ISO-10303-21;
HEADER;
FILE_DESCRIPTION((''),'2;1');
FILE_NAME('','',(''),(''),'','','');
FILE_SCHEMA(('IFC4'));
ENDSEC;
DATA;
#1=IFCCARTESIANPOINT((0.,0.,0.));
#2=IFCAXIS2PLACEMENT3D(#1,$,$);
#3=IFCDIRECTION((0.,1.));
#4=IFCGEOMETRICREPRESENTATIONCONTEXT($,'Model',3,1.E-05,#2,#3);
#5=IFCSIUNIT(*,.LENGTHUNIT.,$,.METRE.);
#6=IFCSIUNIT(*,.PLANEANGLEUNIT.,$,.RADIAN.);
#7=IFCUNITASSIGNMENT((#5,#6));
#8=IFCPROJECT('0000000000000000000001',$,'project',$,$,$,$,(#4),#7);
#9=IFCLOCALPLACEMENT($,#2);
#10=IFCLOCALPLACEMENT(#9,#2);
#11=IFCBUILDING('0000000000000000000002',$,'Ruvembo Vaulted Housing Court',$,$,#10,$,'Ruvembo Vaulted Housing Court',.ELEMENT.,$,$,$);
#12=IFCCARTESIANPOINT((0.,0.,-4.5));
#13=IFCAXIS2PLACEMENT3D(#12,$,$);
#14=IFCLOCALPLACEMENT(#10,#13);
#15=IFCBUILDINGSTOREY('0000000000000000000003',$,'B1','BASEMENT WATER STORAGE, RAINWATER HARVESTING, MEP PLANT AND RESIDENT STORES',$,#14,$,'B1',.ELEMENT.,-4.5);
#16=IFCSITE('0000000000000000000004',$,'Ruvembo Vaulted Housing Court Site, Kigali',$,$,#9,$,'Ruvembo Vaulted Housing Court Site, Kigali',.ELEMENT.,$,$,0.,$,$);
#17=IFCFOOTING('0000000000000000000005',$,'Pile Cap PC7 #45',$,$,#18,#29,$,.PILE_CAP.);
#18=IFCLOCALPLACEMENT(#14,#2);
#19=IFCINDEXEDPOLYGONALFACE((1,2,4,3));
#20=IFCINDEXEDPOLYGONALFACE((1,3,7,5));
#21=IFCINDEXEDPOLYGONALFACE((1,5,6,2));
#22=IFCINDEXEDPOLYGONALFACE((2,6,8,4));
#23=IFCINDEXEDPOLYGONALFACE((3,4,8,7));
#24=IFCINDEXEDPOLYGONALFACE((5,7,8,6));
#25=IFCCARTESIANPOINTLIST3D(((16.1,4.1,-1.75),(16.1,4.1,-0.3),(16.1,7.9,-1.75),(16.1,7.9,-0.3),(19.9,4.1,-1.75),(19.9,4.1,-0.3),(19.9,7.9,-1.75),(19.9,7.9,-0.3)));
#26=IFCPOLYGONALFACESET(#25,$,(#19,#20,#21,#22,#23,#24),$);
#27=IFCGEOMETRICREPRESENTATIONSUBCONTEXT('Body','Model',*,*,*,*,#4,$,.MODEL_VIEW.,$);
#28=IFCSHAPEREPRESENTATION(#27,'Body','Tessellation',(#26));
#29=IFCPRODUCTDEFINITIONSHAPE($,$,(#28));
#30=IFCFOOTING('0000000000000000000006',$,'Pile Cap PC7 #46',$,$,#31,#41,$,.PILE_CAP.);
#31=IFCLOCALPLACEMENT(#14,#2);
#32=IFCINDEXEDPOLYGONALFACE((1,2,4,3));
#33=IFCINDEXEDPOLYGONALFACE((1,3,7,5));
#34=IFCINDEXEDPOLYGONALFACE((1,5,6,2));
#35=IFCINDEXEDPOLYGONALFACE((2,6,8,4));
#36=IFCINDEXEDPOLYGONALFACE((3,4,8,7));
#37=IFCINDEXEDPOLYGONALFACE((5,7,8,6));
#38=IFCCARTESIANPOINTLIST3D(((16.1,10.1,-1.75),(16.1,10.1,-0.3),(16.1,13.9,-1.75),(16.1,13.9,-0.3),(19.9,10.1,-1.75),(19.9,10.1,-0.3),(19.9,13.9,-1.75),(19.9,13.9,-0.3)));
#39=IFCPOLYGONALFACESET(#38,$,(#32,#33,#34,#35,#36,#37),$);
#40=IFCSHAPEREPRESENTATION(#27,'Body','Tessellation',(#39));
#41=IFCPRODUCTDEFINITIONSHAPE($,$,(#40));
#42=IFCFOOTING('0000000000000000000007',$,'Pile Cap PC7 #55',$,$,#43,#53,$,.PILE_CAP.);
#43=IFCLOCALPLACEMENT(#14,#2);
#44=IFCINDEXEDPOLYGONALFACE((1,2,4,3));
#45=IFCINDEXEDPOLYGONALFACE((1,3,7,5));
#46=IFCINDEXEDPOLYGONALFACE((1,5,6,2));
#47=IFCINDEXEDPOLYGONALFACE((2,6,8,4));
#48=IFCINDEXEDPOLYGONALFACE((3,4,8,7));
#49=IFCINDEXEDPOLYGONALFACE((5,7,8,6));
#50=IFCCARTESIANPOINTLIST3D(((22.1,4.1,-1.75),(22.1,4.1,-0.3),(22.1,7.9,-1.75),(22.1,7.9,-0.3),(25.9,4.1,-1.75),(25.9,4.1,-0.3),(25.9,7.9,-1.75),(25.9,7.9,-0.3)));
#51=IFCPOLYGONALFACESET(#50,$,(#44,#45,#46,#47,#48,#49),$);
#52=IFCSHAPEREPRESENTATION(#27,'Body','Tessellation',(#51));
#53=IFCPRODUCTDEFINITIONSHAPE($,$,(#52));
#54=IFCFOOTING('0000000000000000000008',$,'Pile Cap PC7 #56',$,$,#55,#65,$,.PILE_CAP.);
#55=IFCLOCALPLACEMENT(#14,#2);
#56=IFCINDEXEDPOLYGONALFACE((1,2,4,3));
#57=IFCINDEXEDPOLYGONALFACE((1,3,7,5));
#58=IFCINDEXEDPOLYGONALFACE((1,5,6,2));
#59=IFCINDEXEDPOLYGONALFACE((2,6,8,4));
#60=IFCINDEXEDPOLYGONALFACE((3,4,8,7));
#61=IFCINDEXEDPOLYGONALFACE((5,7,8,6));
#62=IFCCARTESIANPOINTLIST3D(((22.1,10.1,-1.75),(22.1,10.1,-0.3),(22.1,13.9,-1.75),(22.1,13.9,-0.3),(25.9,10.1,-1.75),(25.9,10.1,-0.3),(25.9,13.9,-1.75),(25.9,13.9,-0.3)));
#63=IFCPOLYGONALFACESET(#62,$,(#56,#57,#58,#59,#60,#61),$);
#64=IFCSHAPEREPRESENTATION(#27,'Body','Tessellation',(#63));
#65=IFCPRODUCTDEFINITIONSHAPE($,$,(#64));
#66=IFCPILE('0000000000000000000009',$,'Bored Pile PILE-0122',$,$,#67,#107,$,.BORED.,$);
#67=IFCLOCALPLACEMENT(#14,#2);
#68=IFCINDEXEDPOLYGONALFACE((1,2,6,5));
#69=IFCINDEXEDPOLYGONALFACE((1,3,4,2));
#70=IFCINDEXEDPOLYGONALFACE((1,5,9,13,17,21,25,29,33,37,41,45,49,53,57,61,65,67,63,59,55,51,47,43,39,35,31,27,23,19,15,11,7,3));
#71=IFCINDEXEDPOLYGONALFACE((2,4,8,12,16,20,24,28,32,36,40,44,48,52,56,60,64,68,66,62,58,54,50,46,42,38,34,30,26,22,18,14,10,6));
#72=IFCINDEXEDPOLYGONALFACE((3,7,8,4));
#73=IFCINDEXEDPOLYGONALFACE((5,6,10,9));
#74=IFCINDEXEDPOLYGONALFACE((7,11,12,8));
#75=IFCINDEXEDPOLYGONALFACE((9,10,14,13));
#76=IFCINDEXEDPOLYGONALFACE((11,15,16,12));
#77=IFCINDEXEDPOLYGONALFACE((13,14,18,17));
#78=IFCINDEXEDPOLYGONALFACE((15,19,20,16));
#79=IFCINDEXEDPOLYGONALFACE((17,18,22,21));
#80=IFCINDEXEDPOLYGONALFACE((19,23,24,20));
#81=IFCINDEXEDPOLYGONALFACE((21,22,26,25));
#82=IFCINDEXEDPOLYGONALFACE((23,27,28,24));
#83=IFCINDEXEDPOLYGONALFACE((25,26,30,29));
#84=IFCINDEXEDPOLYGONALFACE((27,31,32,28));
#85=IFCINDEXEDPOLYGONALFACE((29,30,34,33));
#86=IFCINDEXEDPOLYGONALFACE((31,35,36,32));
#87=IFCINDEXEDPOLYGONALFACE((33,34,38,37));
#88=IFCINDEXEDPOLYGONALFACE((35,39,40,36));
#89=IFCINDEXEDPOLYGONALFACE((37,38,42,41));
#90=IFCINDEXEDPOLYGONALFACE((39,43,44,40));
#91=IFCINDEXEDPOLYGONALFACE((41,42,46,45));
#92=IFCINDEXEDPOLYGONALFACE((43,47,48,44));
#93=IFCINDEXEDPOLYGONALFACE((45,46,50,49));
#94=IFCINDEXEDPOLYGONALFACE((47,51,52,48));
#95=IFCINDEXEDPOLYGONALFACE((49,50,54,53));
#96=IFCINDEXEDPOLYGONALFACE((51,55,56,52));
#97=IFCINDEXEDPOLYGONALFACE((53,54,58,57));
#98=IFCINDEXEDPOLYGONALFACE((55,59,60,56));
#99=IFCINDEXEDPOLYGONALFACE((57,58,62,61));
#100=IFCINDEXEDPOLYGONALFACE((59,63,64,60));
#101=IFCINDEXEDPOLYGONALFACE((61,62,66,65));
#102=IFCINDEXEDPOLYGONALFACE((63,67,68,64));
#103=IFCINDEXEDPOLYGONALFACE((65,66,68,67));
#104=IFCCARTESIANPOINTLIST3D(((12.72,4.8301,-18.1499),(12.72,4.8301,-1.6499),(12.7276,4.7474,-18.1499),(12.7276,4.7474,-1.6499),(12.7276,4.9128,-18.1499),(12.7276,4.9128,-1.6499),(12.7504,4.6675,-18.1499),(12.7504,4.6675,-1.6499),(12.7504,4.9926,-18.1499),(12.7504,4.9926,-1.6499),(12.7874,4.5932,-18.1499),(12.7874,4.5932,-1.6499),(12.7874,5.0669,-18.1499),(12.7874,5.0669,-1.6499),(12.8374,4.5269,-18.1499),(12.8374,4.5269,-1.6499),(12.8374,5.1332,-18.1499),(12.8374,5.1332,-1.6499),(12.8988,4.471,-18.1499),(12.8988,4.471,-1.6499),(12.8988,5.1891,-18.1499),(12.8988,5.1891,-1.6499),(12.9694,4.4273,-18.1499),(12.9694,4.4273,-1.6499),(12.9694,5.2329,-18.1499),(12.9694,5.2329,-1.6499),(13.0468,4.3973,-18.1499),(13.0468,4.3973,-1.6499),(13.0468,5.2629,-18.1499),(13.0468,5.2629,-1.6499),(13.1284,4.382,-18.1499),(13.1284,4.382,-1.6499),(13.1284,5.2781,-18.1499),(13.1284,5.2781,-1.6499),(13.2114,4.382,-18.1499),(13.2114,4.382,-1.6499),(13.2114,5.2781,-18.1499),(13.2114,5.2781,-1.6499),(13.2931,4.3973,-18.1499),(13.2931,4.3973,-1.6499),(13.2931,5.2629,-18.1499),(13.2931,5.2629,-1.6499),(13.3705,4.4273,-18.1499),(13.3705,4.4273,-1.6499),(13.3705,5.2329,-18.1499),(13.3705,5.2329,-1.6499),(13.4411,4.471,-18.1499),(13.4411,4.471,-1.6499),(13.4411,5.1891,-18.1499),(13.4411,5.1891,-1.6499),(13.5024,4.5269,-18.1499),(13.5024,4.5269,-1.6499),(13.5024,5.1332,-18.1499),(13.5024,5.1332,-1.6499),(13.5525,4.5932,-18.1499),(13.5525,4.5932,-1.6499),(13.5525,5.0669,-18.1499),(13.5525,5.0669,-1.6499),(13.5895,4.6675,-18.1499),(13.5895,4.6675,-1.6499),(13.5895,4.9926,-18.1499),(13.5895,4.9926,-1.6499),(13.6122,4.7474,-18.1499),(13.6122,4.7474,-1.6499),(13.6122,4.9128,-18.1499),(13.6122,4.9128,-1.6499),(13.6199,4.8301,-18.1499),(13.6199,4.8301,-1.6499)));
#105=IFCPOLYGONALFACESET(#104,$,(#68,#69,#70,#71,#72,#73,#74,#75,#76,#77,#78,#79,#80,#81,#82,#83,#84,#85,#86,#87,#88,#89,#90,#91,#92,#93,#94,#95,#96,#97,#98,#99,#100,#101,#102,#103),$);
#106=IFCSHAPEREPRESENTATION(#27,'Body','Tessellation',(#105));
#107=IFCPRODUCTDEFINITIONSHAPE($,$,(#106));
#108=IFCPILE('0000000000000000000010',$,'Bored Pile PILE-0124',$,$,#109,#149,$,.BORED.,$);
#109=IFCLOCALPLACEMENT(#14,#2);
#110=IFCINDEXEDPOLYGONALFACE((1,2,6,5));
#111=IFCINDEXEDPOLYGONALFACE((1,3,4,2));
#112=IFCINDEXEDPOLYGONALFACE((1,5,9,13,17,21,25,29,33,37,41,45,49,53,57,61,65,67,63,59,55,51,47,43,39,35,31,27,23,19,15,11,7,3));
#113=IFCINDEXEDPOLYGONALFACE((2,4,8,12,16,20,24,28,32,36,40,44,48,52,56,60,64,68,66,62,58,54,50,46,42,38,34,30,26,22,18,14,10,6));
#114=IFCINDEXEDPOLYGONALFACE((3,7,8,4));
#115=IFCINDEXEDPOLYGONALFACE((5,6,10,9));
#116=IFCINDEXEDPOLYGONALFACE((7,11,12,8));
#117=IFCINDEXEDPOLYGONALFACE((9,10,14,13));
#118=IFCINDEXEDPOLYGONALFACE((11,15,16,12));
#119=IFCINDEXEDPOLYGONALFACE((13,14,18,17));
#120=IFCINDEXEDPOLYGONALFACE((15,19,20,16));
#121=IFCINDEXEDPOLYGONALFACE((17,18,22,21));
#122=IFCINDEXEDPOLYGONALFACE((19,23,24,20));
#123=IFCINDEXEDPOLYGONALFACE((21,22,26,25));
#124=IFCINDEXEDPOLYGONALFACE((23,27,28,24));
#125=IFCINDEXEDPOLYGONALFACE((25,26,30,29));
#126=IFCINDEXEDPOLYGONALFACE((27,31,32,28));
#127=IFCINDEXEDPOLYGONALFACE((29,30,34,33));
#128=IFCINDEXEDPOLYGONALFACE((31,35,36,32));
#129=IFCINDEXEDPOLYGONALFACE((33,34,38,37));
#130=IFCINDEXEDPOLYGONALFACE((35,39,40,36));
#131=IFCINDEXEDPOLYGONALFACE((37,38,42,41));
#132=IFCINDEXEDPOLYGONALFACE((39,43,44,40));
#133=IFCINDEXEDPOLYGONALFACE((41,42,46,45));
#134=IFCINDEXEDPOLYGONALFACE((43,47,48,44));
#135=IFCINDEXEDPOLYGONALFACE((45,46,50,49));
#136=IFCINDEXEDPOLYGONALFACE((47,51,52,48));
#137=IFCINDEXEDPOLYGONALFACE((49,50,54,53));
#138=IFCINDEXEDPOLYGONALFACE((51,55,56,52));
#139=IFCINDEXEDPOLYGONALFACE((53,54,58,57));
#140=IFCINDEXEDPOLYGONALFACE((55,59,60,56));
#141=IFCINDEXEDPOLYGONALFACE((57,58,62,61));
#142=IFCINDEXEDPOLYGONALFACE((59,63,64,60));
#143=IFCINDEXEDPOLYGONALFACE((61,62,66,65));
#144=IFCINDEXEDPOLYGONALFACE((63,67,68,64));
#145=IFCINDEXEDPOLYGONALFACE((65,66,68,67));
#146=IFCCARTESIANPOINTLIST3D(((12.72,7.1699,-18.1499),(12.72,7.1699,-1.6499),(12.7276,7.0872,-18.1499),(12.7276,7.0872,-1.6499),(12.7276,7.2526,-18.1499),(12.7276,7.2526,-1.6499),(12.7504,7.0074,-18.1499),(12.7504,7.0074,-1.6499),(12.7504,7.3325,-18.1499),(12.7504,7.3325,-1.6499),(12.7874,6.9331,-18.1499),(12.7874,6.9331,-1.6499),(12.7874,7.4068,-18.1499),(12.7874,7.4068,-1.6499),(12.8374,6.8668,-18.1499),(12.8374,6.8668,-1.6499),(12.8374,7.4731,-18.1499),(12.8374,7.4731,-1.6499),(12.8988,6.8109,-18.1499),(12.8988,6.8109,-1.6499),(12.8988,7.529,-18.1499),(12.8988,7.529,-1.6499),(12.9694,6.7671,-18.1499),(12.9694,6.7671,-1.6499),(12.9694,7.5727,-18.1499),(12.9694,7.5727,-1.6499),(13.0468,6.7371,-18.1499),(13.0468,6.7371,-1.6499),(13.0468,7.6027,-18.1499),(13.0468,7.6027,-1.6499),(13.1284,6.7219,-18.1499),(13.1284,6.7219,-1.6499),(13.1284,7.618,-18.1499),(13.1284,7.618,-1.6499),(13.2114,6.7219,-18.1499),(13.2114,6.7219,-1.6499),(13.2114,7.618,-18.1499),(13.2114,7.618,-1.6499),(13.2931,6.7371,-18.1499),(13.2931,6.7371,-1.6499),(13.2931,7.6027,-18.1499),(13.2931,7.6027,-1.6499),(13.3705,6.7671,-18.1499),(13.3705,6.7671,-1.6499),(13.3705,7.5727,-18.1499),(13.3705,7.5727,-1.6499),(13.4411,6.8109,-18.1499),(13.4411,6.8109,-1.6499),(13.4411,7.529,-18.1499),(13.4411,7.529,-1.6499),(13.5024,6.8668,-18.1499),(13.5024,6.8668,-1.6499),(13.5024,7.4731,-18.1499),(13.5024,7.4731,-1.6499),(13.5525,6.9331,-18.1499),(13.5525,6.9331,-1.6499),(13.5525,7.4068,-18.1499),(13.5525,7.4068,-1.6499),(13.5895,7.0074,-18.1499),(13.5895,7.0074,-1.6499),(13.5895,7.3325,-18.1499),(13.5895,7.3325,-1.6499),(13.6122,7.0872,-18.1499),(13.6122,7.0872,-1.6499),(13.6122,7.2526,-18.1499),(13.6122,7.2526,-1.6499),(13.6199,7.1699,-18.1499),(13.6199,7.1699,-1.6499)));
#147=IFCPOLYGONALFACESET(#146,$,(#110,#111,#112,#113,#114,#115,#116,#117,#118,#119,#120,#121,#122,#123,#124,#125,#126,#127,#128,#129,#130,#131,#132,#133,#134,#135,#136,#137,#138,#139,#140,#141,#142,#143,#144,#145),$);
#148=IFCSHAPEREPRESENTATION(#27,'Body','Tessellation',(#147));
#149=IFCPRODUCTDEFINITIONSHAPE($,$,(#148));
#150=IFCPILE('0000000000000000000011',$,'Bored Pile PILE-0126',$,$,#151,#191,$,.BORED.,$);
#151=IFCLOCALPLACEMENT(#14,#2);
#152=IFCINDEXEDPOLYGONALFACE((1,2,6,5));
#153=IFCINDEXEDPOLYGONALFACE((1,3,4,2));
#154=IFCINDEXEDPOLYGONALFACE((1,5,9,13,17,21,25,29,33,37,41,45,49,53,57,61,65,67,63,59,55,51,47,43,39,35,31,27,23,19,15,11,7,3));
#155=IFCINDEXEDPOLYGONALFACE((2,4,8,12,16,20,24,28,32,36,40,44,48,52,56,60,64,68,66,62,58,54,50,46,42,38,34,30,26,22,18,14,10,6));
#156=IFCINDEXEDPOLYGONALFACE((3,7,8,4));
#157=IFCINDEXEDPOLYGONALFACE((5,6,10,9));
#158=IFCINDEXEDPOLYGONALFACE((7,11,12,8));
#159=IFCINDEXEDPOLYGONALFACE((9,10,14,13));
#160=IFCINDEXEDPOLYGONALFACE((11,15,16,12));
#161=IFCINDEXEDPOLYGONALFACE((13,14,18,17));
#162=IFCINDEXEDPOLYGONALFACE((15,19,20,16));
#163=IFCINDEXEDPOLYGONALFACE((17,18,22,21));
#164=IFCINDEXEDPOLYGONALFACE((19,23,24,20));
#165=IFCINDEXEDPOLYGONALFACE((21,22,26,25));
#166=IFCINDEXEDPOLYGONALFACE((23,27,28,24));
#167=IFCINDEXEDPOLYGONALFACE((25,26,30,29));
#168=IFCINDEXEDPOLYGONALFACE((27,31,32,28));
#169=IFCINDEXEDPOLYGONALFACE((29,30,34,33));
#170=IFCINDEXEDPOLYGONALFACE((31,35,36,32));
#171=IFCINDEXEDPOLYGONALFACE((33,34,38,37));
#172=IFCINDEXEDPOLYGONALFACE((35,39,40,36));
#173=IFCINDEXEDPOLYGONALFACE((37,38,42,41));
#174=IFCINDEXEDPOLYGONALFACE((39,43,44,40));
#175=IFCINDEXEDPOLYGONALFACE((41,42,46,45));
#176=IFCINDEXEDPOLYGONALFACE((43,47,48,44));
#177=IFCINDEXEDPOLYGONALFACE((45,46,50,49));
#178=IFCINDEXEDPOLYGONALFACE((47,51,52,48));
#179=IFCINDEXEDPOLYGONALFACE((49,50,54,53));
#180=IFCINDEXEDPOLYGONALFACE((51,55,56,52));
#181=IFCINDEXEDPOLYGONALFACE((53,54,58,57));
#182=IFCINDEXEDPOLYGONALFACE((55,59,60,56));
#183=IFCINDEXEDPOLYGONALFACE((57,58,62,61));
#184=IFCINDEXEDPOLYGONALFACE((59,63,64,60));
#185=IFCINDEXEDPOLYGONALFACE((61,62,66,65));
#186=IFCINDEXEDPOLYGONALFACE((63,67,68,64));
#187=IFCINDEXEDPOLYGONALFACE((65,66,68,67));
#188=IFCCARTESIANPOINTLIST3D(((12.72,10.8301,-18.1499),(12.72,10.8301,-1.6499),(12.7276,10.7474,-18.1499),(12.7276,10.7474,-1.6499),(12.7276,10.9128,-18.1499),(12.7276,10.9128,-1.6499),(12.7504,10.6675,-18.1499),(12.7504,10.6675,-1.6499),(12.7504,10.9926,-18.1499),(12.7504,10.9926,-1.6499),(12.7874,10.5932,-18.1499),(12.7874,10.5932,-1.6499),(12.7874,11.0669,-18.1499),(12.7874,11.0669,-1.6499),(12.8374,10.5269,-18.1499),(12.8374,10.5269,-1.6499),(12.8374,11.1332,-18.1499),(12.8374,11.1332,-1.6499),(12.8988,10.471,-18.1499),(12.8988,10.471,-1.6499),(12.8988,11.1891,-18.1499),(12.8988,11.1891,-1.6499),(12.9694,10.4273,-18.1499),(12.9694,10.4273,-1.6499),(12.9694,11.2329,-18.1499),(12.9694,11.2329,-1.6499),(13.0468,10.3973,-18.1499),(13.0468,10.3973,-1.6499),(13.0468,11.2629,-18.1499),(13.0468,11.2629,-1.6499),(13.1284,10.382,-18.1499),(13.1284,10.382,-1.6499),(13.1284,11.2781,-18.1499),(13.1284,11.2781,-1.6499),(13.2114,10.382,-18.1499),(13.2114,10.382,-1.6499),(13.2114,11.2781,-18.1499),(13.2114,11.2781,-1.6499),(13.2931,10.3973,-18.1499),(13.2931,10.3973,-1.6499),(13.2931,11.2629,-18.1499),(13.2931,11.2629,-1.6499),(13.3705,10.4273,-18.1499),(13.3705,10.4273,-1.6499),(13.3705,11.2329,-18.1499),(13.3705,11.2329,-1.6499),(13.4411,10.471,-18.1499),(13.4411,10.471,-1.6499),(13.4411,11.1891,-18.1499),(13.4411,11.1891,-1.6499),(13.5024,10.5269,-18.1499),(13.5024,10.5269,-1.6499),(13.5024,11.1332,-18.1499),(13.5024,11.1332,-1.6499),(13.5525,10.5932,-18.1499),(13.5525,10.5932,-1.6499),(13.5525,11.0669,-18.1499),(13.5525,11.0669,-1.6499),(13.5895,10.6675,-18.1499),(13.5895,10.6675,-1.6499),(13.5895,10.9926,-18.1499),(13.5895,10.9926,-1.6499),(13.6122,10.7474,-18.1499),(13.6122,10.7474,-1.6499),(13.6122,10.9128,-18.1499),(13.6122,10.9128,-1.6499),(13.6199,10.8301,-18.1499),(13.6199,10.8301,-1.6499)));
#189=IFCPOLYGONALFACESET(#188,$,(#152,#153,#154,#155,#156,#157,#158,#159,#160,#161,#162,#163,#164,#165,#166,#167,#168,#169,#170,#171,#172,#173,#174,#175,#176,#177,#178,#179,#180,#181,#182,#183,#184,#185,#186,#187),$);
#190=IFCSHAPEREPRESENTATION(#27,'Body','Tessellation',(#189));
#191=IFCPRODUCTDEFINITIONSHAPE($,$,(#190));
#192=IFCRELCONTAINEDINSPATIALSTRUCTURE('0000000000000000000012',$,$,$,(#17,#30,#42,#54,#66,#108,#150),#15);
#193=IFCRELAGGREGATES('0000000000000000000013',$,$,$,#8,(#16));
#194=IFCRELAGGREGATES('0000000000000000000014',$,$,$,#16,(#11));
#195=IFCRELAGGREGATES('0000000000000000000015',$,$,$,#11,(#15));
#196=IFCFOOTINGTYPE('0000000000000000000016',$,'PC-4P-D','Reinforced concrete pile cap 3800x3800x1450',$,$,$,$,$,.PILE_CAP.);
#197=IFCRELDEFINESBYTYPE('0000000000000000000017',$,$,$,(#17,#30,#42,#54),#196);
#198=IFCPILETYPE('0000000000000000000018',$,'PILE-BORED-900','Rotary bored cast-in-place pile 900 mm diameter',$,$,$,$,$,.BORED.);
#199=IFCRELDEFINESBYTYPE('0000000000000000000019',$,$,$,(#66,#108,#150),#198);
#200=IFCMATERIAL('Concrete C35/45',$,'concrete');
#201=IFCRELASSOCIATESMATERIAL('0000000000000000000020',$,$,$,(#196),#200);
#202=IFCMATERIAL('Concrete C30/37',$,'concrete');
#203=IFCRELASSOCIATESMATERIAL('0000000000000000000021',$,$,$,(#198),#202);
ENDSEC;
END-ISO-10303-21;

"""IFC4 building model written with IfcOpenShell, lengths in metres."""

from ifc_helpers import new_model, si_unit, direction, frame, origin, origin_2d, place, context, subcontext, project, spatial, rectangle, circle, extrude, material, material_profile, profile_set, type_object, element, save


model = new_model("IFC4")

# Units and contexts
model_context = context("Model", 3, precision=1e-05, world=origin(), true_north=direction((0.0, 1.0)))
body_context = subcontext(model_context, "Body", "Model", "MODEL_VIEW")
ifc_project = project(units=[si_unit("LENGTHUNIT", "METRE"), si_unit("PLANEANGLEUNIT", "RADIAN")], contexts=[model_context])

# Site, building, storey
site_placement = place(None, origin())
site = spatial("IfcSite", under=ifc_project, at=site_placement, Name="Ruvembo Vaulted Housing Court Site, Kigali", LongName="Ruvembo Vaulted Housing Court Site, Kigali", CompositionType="ELEMENT", RefElevation=0.0)
building_placement = place(site_placement, origin())
building = spatial("IfcBuilding", under=site, at=building_placement, Name="Ruvembo Vaulted Housing Court", LongName="Ruvembo Vaulted Housing Court", CompositionType="ELEMENT")
storey_placement = place(building_placement, frame((0.0, 0.0, -4.5)))
storey = spatial("IfcBuildingStorey", under=building, at=storey_placement, Name="B1", Description="BASEMENT WATER STORAGE, RAINWATER HARVESTING, MEP PLANT AND RESIDENT STORES", LongName="B1", CompositionType="ELEMENT", Elevation=-4.5)

# Footings
ifc_material_1 = material(Name="Concrete C35/45", Category="concrete")
footing_type = type_object("IfcFootingType", Name="PC-4P-D", Description="Reinforced concrete pile cap 3800x3800x1450", PredefinedType="PILE_CAP", material=ifc_material_1)
for number, where, z_axis, x_axis, name in (
    (1, (18.0, 6.0, -1.75), (0.0, 0.0, 1.0), (1.0, 0.0, 0.0), "Pile Cap PC7 #45"),
    (2, (18.0, 12.0, -1.75), (0.0, 0.0, 1.0), (1.0, 0.0, 0.0), "Pile Cap PC7 #46"),
    (3, (24.0, 6.0, -1.75), (0.0, 0.0, 1.0), (1.0, 0.0, 0.0), "Pile Cap PC7 #55"),
    (4, (24.0, 12.0, -1.75), (0.0, 0.0, 1.0), (1.0, 0.0, 0.0), "Pile Cap PC7 #56"),
):
    element("IfcFooting", number, at=place(storey_placement, frame(where, z_axis=z_axis, x_axis=x_axis)), inside=storey, type_object=footing_type, Name=name, PredefinedType="PILE_CAP", context=body_context, shape_type="SweptSolid", body=[
        extrude(rectangle(XDim=3.8, YDim=3.8, at=origin_2d()), origin(), (0.0, 0.0, 1.0), 1.45),
    ])

# Piles
ifc_material_2 = material(Name="Concrete C30/37", Category="concrete")
ifc_material_profile_1 = material_profile(ifc_material_2, circle(Radius=0.45, at=origin_2d()), Name="PILE D900")
ifc_profile_set_1 = profile_set([ifc_material_profile_1], Name="Concrete C30/37")
pile_type = type_object("IfcPileType", Name="PILE-BORED-900", Description="Rotary bored cast-in-place pile 900 mm diameter", PredefinedType="BORED", material=ifc_profile_set_1)
for number, where, z_axis, x_axis, name in (
    (5, (13.1699, 4.8301, -1.6499), (0.0, 0.0, -1.0), (1.0, 0.0, 0.0), "Bored Pile PILE-0122"),
    (6, (13.1699, 7.1699, -1.6499), (0.0, 0.0, -1.0), (1.0, 0.0, 0.0), "Bored Pile PILE-0124"),
    (7, (13.1699, 10.8301, -1.6499), (0.0, 0.0, -1.0), (1.0, 0.0, 0.0), "Bored Pile PILE-0126"),
):
    element("IfcPile", number, at=place(storey_placement, frame(where, z_axis=z_axis, x_axis=x_axis)), inside=storey, type_object=pile_type, Name=name, PredefinedType="BORED", context=body_context, shape_type="SweptSolid", body=[
        extrude(circle(Radius=0.45, at=origin_2d()), origin(), (0.0, 0.0, 1.0), 16.5),
    ])

save(model, "model.ifc")
